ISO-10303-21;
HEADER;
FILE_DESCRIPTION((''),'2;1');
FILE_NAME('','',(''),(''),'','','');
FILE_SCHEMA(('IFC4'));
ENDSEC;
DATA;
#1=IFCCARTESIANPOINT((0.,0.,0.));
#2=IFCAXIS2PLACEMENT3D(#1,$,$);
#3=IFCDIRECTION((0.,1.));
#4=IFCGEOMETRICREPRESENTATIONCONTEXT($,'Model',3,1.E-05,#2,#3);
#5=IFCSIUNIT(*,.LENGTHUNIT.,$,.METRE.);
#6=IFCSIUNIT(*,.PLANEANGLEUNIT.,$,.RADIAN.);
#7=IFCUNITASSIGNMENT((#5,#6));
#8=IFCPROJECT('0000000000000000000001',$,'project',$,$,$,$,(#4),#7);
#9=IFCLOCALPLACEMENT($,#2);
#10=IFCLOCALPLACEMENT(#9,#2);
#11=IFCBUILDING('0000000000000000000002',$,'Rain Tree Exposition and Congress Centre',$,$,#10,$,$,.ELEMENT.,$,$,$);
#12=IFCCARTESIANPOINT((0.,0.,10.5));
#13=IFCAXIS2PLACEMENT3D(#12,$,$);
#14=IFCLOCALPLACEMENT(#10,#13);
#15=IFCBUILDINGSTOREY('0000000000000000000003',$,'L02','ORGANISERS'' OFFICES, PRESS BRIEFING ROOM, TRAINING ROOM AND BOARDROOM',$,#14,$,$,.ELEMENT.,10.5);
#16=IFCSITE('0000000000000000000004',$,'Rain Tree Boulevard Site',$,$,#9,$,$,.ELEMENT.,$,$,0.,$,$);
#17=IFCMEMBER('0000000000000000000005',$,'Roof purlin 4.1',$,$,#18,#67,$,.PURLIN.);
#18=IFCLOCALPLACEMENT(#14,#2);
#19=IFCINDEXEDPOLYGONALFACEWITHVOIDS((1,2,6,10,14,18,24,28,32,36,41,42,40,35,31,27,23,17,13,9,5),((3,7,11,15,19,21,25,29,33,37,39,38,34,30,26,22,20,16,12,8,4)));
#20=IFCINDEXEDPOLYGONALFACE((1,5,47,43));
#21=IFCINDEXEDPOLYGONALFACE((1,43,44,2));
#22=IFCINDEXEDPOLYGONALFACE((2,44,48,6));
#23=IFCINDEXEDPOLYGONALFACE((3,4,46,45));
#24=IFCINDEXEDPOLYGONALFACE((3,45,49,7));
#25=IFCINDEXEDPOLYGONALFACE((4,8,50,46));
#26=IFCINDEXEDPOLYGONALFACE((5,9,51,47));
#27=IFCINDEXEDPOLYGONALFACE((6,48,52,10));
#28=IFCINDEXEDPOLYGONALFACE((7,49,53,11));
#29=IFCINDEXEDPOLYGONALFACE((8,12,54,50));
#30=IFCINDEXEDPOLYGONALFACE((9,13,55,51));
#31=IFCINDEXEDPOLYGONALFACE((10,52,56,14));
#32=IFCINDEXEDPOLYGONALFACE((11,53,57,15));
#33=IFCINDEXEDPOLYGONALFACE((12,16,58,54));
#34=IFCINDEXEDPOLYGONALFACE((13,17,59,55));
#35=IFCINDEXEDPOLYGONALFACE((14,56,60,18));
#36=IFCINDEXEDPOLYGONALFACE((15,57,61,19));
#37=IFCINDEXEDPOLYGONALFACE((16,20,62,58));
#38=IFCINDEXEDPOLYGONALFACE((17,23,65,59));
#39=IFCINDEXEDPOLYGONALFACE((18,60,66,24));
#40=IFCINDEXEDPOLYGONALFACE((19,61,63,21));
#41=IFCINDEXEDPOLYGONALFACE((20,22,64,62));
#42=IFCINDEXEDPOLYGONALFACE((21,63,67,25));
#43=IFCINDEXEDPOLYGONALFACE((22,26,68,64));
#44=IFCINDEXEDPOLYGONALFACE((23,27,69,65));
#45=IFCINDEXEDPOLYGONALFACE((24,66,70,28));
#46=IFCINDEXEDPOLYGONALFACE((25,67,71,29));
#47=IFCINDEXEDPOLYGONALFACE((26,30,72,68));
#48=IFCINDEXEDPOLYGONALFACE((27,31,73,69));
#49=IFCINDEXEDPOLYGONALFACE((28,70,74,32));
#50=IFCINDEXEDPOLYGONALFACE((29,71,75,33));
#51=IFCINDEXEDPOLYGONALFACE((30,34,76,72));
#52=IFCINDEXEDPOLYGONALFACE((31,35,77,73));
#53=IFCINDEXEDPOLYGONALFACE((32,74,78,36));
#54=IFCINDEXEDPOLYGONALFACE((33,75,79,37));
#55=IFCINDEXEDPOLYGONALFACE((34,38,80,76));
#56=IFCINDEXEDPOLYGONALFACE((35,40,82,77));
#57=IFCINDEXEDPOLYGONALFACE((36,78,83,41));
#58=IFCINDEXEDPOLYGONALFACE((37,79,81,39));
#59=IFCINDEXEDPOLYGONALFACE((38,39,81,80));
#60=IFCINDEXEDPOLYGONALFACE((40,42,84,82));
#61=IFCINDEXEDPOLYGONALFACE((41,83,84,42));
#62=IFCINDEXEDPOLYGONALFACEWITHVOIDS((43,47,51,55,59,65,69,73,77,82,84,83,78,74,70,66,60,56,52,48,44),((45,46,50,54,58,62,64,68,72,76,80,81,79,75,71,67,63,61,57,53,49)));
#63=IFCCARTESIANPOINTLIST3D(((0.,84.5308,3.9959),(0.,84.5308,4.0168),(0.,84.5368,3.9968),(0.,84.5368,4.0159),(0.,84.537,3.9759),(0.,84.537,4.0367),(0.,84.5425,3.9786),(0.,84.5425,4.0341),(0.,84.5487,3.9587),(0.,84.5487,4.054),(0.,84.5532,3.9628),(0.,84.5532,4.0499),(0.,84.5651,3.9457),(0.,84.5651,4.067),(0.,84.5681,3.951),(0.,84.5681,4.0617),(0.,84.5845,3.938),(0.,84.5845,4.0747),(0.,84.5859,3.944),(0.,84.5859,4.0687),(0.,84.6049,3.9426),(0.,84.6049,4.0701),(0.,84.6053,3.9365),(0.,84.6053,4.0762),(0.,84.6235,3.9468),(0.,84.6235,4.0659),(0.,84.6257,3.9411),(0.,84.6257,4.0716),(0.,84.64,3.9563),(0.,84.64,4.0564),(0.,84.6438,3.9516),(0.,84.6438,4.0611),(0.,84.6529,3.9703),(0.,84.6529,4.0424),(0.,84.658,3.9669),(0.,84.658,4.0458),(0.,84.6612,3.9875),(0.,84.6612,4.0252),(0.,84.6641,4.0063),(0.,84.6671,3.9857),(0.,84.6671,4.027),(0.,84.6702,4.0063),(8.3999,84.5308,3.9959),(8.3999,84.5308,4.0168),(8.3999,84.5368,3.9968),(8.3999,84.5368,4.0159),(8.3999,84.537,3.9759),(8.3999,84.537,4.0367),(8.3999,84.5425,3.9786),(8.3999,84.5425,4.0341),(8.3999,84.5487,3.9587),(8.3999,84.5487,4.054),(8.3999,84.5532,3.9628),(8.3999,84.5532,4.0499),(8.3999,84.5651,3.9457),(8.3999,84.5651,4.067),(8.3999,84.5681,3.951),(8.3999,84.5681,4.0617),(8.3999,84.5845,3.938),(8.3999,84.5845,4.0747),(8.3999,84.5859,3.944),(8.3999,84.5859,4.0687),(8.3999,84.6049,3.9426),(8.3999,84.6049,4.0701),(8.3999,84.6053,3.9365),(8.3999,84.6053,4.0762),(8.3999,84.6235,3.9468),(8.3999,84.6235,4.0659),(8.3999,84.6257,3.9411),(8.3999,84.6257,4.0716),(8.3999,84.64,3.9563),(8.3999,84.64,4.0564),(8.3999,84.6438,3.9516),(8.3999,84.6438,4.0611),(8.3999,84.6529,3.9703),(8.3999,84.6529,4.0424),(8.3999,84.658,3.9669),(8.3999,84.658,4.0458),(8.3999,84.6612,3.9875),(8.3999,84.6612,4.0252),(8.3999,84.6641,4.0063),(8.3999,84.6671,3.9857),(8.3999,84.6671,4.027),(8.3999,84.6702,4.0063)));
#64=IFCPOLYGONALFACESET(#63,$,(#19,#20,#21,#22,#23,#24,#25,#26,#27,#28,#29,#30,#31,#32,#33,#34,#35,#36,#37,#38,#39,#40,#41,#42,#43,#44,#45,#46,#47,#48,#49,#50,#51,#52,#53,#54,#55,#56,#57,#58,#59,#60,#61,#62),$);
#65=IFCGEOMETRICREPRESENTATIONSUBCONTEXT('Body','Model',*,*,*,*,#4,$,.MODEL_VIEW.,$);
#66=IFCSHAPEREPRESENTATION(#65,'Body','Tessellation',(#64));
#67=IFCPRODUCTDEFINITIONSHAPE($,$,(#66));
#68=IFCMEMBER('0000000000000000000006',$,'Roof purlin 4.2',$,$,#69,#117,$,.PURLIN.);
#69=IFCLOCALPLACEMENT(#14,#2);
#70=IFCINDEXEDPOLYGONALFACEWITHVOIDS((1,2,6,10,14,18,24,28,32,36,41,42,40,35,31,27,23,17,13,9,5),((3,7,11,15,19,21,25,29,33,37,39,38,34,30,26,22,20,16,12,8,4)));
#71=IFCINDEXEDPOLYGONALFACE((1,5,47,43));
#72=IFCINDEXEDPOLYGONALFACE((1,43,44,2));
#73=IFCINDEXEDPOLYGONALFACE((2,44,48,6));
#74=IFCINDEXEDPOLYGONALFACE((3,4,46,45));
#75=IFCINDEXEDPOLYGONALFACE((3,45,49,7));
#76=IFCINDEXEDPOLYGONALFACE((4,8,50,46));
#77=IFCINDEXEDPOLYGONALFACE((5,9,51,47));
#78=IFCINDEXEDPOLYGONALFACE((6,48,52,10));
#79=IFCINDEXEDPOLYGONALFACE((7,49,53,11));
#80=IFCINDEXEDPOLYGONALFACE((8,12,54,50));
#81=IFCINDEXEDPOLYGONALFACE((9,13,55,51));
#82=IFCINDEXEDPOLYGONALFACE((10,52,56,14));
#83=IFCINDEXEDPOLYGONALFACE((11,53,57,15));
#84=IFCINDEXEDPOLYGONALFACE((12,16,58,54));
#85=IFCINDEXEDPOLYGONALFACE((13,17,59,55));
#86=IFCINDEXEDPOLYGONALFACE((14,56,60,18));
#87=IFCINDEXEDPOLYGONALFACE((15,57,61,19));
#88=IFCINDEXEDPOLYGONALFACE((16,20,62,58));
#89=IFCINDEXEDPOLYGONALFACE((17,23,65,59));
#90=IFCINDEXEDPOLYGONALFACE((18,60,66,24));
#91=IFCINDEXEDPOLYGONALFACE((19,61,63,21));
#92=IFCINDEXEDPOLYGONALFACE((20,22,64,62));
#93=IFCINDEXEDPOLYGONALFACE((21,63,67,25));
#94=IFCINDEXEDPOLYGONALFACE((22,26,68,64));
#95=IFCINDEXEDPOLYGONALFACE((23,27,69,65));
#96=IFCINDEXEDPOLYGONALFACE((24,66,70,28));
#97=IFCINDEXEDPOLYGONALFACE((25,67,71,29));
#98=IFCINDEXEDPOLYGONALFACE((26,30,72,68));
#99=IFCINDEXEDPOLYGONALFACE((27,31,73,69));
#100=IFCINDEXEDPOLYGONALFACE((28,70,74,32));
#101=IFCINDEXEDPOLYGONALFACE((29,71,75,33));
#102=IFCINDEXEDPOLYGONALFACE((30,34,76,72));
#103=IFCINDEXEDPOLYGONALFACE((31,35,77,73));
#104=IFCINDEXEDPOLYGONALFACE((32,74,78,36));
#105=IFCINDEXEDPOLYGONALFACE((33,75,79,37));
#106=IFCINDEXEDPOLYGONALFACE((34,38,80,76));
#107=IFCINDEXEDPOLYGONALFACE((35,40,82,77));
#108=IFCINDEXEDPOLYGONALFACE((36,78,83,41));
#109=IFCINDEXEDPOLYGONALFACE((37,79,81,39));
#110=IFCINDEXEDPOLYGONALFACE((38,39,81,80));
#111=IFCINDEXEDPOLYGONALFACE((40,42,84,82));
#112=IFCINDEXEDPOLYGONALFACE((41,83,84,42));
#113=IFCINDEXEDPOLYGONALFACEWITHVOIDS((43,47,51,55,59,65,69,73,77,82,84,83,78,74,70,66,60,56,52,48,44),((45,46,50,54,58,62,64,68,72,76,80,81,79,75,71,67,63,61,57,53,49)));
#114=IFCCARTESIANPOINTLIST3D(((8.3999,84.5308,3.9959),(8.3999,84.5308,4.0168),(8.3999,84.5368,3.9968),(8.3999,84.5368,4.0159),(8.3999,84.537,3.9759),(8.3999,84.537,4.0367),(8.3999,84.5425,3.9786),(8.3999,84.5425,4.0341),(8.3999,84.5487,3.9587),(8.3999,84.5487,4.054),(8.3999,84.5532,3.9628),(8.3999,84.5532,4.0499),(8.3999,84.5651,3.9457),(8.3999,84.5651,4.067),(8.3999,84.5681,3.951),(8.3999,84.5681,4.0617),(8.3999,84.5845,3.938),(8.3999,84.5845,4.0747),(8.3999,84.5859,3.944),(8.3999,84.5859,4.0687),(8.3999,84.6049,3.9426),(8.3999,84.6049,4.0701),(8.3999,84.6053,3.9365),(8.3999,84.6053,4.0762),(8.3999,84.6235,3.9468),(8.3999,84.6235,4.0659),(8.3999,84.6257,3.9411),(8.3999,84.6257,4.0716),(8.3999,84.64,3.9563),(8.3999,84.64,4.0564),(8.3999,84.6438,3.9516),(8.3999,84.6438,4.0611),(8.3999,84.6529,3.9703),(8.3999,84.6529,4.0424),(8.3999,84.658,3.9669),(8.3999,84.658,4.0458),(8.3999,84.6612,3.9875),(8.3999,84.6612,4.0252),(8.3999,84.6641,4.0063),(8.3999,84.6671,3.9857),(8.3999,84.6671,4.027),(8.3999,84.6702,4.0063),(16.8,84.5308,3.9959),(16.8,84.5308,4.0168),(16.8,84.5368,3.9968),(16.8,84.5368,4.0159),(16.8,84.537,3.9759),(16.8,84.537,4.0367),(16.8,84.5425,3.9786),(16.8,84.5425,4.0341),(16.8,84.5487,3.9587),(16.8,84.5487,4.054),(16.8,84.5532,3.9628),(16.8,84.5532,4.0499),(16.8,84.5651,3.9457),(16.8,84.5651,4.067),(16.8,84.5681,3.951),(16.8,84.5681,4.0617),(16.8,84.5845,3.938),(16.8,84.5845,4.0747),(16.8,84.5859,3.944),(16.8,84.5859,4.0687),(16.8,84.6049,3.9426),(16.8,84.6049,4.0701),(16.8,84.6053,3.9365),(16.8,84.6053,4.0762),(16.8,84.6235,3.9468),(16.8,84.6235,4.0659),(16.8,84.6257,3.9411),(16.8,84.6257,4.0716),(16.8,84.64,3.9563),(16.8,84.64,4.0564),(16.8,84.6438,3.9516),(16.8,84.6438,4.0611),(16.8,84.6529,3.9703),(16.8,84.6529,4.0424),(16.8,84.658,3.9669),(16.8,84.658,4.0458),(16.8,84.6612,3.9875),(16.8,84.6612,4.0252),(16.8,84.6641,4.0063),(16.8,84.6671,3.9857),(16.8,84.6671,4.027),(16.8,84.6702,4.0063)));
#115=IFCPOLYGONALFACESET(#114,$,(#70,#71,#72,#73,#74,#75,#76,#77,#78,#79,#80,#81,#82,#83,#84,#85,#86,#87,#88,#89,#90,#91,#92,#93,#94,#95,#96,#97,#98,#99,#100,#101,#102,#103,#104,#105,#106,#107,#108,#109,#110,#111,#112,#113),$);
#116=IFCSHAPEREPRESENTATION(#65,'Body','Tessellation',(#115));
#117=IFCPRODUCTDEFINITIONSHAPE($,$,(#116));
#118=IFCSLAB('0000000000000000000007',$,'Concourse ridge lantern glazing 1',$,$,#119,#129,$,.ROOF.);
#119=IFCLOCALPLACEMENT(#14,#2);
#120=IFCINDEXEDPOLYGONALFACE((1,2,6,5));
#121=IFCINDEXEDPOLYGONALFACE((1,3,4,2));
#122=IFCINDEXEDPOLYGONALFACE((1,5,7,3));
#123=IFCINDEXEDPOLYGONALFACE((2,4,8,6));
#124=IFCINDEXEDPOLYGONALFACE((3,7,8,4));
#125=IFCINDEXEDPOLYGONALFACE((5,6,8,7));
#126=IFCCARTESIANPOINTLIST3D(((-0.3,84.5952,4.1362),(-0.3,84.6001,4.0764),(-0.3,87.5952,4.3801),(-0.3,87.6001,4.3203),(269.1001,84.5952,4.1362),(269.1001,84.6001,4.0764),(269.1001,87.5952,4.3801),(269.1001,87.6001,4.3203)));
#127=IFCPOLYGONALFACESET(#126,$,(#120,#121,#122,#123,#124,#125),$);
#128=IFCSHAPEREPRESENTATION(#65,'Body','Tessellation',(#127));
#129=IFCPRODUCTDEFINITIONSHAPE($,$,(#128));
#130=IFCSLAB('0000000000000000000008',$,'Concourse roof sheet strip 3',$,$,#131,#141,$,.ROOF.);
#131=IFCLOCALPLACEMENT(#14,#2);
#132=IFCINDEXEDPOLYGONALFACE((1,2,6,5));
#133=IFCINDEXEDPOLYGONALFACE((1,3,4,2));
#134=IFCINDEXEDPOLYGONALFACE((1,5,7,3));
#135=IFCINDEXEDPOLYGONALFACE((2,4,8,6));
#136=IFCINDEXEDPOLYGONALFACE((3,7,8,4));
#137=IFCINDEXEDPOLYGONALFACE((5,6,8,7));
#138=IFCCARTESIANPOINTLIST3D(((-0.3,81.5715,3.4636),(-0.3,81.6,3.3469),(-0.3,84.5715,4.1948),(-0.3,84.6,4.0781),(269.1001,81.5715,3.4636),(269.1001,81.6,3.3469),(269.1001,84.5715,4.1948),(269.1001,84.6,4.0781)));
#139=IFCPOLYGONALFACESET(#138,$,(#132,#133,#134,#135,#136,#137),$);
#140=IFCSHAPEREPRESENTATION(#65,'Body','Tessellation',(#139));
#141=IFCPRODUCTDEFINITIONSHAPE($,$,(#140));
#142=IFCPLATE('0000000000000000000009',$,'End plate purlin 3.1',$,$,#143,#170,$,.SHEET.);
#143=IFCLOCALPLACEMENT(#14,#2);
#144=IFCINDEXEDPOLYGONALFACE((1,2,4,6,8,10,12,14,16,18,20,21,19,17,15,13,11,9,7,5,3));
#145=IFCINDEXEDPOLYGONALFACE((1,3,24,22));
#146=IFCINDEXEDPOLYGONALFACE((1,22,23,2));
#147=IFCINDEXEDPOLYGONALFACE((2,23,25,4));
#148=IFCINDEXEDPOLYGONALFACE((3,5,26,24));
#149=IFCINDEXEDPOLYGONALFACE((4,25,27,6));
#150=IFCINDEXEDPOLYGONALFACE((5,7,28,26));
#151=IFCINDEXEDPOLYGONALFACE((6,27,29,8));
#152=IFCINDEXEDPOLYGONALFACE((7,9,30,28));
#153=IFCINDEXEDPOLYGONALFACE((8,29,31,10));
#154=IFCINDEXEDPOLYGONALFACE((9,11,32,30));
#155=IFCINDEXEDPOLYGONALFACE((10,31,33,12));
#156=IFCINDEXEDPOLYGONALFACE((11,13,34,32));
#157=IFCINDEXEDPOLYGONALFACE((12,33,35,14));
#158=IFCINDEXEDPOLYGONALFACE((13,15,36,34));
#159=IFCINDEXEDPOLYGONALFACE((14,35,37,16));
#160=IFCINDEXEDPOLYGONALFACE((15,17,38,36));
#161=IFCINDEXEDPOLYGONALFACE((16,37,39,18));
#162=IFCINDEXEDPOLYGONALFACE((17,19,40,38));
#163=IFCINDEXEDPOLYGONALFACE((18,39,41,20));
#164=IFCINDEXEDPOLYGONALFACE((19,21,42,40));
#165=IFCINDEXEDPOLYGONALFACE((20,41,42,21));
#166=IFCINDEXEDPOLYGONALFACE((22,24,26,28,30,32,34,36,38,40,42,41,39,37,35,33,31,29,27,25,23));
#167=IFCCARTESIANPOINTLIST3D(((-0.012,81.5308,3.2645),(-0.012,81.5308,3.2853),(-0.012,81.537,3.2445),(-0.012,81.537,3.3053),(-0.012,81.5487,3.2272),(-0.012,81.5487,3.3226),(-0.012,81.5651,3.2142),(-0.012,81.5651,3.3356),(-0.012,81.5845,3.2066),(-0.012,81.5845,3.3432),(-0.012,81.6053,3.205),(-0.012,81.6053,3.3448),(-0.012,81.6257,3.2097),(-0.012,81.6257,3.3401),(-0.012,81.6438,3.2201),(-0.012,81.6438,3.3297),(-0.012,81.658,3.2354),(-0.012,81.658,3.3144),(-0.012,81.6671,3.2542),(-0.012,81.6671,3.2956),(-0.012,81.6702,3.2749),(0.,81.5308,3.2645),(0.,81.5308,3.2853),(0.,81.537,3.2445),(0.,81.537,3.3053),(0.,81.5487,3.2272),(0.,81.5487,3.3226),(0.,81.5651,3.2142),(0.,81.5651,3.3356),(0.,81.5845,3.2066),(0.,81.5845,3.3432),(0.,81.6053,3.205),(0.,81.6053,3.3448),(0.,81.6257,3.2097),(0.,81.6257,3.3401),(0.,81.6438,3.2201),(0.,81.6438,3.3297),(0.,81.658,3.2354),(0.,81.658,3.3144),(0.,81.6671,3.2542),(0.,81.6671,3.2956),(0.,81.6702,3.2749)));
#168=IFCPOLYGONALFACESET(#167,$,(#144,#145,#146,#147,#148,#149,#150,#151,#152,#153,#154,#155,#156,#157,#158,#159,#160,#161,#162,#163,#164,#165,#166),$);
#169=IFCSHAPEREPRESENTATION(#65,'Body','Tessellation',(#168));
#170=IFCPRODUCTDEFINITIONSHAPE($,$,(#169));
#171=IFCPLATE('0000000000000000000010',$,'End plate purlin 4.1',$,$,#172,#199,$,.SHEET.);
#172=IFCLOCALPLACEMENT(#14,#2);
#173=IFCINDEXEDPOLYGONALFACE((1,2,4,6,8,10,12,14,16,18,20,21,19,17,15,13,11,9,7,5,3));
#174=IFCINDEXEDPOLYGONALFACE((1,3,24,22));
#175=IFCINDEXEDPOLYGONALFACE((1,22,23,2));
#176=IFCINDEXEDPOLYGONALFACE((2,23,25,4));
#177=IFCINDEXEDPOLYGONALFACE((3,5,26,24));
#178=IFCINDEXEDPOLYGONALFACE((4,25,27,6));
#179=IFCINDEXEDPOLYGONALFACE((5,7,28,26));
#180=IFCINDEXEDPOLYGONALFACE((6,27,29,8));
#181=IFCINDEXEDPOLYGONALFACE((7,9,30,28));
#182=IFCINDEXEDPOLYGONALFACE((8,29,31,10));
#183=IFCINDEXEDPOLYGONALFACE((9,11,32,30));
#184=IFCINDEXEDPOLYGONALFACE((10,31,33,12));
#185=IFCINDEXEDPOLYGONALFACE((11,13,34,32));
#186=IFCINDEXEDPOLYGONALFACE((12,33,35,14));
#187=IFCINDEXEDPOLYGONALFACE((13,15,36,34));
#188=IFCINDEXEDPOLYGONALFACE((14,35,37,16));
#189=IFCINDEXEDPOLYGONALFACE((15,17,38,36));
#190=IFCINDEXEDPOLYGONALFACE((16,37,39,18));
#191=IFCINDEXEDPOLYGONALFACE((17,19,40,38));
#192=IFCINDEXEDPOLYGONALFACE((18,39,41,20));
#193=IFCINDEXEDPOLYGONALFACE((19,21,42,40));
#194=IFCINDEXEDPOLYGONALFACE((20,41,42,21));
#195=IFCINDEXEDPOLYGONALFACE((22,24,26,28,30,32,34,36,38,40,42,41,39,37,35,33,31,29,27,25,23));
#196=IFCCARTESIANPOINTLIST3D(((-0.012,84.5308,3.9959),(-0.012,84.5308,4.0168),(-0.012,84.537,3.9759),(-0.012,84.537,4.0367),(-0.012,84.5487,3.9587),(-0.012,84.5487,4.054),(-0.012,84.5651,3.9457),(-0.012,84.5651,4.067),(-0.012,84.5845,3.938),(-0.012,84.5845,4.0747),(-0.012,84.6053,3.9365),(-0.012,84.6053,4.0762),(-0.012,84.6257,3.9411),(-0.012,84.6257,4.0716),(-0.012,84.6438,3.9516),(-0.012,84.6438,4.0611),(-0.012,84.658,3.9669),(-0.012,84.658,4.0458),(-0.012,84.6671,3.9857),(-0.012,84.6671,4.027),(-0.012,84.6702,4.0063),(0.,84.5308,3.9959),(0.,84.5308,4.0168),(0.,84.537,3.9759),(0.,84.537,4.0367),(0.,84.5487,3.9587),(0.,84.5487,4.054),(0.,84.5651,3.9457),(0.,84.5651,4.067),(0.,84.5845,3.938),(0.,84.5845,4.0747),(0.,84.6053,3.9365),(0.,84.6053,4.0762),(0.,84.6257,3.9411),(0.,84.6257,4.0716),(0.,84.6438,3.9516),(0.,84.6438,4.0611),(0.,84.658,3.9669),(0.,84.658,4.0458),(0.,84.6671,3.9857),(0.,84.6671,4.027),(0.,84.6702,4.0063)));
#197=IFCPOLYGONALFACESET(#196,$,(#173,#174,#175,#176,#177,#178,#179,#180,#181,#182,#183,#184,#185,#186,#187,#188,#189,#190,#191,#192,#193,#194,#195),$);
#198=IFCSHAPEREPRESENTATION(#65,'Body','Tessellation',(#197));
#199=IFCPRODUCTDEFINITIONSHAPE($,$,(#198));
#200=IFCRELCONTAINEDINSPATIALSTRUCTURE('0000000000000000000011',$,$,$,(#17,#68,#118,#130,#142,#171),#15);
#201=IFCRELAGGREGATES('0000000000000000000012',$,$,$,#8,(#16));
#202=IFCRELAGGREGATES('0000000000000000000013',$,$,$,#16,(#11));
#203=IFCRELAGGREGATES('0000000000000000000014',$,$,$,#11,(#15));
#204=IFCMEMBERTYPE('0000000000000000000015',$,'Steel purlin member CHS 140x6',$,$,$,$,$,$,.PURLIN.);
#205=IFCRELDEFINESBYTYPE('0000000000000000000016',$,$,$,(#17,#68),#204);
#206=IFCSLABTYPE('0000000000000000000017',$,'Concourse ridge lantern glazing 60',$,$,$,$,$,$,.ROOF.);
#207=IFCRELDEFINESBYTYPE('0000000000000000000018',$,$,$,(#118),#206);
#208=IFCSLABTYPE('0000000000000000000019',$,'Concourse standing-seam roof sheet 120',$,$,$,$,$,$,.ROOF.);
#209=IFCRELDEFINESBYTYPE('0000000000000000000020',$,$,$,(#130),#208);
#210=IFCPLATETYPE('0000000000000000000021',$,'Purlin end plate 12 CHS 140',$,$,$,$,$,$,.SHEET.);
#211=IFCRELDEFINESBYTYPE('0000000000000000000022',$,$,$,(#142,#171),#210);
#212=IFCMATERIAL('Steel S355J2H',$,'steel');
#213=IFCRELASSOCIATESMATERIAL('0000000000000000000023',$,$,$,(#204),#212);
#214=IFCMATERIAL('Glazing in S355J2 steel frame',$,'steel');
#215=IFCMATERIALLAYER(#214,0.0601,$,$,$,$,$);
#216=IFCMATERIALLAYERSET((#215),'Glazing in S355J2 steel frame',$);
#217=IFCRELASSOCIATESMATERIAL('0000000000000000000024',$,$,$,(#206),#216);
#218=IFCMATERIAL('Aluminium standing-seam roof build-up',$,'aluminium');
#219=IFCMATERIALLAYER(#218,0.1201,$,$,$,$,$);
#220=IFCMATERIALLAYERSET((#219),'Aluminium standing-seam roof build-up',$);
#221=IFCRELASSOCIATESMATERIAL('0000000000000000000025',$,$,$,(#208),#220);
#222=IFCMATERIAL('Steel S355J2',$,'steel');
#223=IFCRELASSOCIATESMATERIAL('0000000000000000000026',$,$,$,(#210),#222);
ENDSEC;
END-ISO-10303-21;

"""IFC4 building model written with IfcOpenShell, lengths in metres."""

from ifc_helpers import new_model, si_unit, direction, frame, origin, origin_2d, place, context, subcontext, project, spatial, polyline, circle, hollow_circle, outline, extrude, material, layer, layer_set, material_profile, profile_set, type_object, element, save


model = new_model("IFC4")

# Units and contexts
model_context = context("Model", 3, precision=1e-05, world=origin(), true_north=direction((0.0, 1.0)))
body_context = subcontext(model_context, "Body", "Model", "MODEL_VIEW")
ifc_project = project(units=[si_unit("LENGTHUNIT", "METRE"), si_unit("PLANEANGLEUNIT", "RADIAN")], contexts=[model_context])

# Site, building, storey
site_placement = place(None, origin())
site = spatial("IfcSite", under=ifc_project, at=site_placement, Name="Rain Tree Boulevard Site", CompositionType="ELEMENT", RefElevation=0.0)
building_placement = place(site_placement, origin())
building = spatial("IfcBuilding", under=site, at=building_placement, Name="Rain Tree Exposition and Congress Centre", CompositionType="ELEMENT")
storey_placement = place(building_placement, frame((0.0, 0.0, 10.5)))
storey = spatial("IfcBuildingStorey", under=building, at=storey_placement, Name="L02", Description="ORGANISERS' OFFICES, PRESS BRIEFING ROOM, TRAINING ROOM AND BOARDROOM", CompositionType="ELEMENT", Elevation=10.5)

# Members
ifc_material_1 = material(Name="Steel S355J2H", Category="steel")
ifc_material_profile_1 = material_profile(ifc_material_1, hollow_circle(Radius=0.0701, WallThickness=0.0061, at=origin_2d()), Name="CHS 140x6")
ifc_profile_set_1 = profile_set([ifc_material_profile_1], Name="Steel S355J2H")
member_type_1 = type_object("IfcMemberType", Name="Steel purlin member CHS 140x6", PredefinedType="PURLIN", material=ifc_profile_set_1)
member_1_placement = place(storey_placement, frame((0.0, 84.6001, 4.0063), z_axis=(1.0, 0.0, 0.0), x_axis=(0.0, 1.0, 0.0)))
element("IfcMember", 1, at=member_1_placement, inside=storey, type_object=member_type_1, Name="Roof purlin 4.1", PredefinedType="PURLIN", context=body_context, shape_type="SweptSolid", body=[
    extrude(hollow_circle(Radius=0.0701, WallThickness=0.0061, at=origin_2d()), origin(), (0.0, 0.0, 1.0), 8.3999),
])
member_2_placement = place(storey_placement, frame((8.3999, 84.6001, 4.0063), z_axis=(1.0, 0.0, 0.0), x_axis=(0.0, 1.0, 0.0)))
element("IfcMember", 2, at=member_2_placement, inside=storey, type_object=member_type_1, Name="Roof purlin 4.2", PredefinedType="PURLIN", context=body_context, shape_type="SweptSolid", body=[
    extrude(hollow_circle(Radius=0.0701, WallThickness=0.0061, at=origin_2d()), origin(), (0.0, 0.0, 1.0), 8.4001),
])

# Slabs
ifc_material_2 = material(Name="Glazing in S355J2 steel frame", Category="steel")
ifc_layer_1 = layer(ifc_material_2, 0.0601)
ifc_layer_set_1 = layer_set([ifc_layer_1], Name="Glazing in S355J2 steel frame")
slab_type_1 = type_object("IfcSlabType", Name="Concourse ridge lantern glazing 60", PredefinedType="ROOF", material=ifc_layer_set_1)
slab_1_placement = place(storey_placement, frame((-0.3, 84.5952, 4.1362), z_axis=(0.0, -0.081031, 0.996712), x_axis=(1.0, 0.0, 0.0)))
element("IfcSlab", 3, at=slab_1_placement, inside=storey, type_object=slab_type_1, Name="Concourse ridge lantern glazing 1", PredefinedType="ROOF", context=body_context, shape_type="SweptSolid", body=[
    extrude(outline(polyline([(0.0, 0.0), (269.4001, 0.0), (269.4001, 3.0099), (0.0, 3.0099), (0.0, 0.0)])), origin(), (0.0, 0.0, -1.0), 0.0601),
])
ifc_material_3 = material(Name="Aluminium standing-seam roof build-up", Category="aluminium")
ifc_layer_2 = layer(ifc_material_3, 0.1201)
ifc_layer_set_2 = layer_set([ifc_layer_2], Name="Aluminium standing-seam roof build-up")
slab_type_2 = type_object("IfcSlabType", Name="Concourse standing-seam roof sheet 120", PredefinedType="ROOF", material=ifc_layer_set_2)
slab_2_placement = place(storey_placement, frame((-0.3, 81.5715, 3.4636), z_axis=(0.0, -0.236801, 0.971558), x_axis=(1.0, 0.0, 0.0)))
element("IfcSlab", 4, at=slab_2_placement, inside=storey, type_object=slab_type_2, Name="Concourse roof sheet strip 3", PredefinedType="ROOF", context=body_context, shape_type="SweptSolid", body=[
    extrude(outline(polyline([(0.0, 0.0), (269.4001, 0.0), (269.4001, 3.0878), (0.0, 3.0878), (0.0, 0.0)])), origin(), (0.0, 0.0, -1.0), 0.1201),
])

# Plates
ifc_material_4 = material(Name="Steel S355J2", Category="steel")
ifc_material_profile_2 = material_profile(ifc_material_4, circle(Radius=0.0701, at=origin_2d()), Name="CIRCLE 140")
ifc_profile_set_2 = profile_set([ifc_material_profile_2], Name="Steel S355J2")
plate_type = type_object("IfcPlateType", Name="Purlin end plate 12 CHS 140", PredefinedType="SHEET", material=ifc_profile_set_2)
for number, where, z_axis, x_axis, name in (
    (5, (-0.012, 81.6001, 3.2749), (1.0, 0.0, 0.0), (0.0, 1.0, 0.0), "End plate purlin 3.1"),
    (6, (-0.012, 84.6001, 4.0063), (1.0, 0.0, 0.0), (0.0, 1.0, 0.0), "End plate purlin 4.1"),
):
    element("IfcPlate", number, at=place(storey_placement, frame(where, z_axis=z_axis, x_axis=x_axis)), inside=storey, type_object=plate_type, Name=name, PredefinedType="SHEET", context=body_context, shape_type="SweptSolid", body=[
        extrude(circle(Radius=0.0701, at=origin_2d()), origin(), (0.0, 0.0, 1.0), 0.012),
    ])

save(model, "model.ifc")
